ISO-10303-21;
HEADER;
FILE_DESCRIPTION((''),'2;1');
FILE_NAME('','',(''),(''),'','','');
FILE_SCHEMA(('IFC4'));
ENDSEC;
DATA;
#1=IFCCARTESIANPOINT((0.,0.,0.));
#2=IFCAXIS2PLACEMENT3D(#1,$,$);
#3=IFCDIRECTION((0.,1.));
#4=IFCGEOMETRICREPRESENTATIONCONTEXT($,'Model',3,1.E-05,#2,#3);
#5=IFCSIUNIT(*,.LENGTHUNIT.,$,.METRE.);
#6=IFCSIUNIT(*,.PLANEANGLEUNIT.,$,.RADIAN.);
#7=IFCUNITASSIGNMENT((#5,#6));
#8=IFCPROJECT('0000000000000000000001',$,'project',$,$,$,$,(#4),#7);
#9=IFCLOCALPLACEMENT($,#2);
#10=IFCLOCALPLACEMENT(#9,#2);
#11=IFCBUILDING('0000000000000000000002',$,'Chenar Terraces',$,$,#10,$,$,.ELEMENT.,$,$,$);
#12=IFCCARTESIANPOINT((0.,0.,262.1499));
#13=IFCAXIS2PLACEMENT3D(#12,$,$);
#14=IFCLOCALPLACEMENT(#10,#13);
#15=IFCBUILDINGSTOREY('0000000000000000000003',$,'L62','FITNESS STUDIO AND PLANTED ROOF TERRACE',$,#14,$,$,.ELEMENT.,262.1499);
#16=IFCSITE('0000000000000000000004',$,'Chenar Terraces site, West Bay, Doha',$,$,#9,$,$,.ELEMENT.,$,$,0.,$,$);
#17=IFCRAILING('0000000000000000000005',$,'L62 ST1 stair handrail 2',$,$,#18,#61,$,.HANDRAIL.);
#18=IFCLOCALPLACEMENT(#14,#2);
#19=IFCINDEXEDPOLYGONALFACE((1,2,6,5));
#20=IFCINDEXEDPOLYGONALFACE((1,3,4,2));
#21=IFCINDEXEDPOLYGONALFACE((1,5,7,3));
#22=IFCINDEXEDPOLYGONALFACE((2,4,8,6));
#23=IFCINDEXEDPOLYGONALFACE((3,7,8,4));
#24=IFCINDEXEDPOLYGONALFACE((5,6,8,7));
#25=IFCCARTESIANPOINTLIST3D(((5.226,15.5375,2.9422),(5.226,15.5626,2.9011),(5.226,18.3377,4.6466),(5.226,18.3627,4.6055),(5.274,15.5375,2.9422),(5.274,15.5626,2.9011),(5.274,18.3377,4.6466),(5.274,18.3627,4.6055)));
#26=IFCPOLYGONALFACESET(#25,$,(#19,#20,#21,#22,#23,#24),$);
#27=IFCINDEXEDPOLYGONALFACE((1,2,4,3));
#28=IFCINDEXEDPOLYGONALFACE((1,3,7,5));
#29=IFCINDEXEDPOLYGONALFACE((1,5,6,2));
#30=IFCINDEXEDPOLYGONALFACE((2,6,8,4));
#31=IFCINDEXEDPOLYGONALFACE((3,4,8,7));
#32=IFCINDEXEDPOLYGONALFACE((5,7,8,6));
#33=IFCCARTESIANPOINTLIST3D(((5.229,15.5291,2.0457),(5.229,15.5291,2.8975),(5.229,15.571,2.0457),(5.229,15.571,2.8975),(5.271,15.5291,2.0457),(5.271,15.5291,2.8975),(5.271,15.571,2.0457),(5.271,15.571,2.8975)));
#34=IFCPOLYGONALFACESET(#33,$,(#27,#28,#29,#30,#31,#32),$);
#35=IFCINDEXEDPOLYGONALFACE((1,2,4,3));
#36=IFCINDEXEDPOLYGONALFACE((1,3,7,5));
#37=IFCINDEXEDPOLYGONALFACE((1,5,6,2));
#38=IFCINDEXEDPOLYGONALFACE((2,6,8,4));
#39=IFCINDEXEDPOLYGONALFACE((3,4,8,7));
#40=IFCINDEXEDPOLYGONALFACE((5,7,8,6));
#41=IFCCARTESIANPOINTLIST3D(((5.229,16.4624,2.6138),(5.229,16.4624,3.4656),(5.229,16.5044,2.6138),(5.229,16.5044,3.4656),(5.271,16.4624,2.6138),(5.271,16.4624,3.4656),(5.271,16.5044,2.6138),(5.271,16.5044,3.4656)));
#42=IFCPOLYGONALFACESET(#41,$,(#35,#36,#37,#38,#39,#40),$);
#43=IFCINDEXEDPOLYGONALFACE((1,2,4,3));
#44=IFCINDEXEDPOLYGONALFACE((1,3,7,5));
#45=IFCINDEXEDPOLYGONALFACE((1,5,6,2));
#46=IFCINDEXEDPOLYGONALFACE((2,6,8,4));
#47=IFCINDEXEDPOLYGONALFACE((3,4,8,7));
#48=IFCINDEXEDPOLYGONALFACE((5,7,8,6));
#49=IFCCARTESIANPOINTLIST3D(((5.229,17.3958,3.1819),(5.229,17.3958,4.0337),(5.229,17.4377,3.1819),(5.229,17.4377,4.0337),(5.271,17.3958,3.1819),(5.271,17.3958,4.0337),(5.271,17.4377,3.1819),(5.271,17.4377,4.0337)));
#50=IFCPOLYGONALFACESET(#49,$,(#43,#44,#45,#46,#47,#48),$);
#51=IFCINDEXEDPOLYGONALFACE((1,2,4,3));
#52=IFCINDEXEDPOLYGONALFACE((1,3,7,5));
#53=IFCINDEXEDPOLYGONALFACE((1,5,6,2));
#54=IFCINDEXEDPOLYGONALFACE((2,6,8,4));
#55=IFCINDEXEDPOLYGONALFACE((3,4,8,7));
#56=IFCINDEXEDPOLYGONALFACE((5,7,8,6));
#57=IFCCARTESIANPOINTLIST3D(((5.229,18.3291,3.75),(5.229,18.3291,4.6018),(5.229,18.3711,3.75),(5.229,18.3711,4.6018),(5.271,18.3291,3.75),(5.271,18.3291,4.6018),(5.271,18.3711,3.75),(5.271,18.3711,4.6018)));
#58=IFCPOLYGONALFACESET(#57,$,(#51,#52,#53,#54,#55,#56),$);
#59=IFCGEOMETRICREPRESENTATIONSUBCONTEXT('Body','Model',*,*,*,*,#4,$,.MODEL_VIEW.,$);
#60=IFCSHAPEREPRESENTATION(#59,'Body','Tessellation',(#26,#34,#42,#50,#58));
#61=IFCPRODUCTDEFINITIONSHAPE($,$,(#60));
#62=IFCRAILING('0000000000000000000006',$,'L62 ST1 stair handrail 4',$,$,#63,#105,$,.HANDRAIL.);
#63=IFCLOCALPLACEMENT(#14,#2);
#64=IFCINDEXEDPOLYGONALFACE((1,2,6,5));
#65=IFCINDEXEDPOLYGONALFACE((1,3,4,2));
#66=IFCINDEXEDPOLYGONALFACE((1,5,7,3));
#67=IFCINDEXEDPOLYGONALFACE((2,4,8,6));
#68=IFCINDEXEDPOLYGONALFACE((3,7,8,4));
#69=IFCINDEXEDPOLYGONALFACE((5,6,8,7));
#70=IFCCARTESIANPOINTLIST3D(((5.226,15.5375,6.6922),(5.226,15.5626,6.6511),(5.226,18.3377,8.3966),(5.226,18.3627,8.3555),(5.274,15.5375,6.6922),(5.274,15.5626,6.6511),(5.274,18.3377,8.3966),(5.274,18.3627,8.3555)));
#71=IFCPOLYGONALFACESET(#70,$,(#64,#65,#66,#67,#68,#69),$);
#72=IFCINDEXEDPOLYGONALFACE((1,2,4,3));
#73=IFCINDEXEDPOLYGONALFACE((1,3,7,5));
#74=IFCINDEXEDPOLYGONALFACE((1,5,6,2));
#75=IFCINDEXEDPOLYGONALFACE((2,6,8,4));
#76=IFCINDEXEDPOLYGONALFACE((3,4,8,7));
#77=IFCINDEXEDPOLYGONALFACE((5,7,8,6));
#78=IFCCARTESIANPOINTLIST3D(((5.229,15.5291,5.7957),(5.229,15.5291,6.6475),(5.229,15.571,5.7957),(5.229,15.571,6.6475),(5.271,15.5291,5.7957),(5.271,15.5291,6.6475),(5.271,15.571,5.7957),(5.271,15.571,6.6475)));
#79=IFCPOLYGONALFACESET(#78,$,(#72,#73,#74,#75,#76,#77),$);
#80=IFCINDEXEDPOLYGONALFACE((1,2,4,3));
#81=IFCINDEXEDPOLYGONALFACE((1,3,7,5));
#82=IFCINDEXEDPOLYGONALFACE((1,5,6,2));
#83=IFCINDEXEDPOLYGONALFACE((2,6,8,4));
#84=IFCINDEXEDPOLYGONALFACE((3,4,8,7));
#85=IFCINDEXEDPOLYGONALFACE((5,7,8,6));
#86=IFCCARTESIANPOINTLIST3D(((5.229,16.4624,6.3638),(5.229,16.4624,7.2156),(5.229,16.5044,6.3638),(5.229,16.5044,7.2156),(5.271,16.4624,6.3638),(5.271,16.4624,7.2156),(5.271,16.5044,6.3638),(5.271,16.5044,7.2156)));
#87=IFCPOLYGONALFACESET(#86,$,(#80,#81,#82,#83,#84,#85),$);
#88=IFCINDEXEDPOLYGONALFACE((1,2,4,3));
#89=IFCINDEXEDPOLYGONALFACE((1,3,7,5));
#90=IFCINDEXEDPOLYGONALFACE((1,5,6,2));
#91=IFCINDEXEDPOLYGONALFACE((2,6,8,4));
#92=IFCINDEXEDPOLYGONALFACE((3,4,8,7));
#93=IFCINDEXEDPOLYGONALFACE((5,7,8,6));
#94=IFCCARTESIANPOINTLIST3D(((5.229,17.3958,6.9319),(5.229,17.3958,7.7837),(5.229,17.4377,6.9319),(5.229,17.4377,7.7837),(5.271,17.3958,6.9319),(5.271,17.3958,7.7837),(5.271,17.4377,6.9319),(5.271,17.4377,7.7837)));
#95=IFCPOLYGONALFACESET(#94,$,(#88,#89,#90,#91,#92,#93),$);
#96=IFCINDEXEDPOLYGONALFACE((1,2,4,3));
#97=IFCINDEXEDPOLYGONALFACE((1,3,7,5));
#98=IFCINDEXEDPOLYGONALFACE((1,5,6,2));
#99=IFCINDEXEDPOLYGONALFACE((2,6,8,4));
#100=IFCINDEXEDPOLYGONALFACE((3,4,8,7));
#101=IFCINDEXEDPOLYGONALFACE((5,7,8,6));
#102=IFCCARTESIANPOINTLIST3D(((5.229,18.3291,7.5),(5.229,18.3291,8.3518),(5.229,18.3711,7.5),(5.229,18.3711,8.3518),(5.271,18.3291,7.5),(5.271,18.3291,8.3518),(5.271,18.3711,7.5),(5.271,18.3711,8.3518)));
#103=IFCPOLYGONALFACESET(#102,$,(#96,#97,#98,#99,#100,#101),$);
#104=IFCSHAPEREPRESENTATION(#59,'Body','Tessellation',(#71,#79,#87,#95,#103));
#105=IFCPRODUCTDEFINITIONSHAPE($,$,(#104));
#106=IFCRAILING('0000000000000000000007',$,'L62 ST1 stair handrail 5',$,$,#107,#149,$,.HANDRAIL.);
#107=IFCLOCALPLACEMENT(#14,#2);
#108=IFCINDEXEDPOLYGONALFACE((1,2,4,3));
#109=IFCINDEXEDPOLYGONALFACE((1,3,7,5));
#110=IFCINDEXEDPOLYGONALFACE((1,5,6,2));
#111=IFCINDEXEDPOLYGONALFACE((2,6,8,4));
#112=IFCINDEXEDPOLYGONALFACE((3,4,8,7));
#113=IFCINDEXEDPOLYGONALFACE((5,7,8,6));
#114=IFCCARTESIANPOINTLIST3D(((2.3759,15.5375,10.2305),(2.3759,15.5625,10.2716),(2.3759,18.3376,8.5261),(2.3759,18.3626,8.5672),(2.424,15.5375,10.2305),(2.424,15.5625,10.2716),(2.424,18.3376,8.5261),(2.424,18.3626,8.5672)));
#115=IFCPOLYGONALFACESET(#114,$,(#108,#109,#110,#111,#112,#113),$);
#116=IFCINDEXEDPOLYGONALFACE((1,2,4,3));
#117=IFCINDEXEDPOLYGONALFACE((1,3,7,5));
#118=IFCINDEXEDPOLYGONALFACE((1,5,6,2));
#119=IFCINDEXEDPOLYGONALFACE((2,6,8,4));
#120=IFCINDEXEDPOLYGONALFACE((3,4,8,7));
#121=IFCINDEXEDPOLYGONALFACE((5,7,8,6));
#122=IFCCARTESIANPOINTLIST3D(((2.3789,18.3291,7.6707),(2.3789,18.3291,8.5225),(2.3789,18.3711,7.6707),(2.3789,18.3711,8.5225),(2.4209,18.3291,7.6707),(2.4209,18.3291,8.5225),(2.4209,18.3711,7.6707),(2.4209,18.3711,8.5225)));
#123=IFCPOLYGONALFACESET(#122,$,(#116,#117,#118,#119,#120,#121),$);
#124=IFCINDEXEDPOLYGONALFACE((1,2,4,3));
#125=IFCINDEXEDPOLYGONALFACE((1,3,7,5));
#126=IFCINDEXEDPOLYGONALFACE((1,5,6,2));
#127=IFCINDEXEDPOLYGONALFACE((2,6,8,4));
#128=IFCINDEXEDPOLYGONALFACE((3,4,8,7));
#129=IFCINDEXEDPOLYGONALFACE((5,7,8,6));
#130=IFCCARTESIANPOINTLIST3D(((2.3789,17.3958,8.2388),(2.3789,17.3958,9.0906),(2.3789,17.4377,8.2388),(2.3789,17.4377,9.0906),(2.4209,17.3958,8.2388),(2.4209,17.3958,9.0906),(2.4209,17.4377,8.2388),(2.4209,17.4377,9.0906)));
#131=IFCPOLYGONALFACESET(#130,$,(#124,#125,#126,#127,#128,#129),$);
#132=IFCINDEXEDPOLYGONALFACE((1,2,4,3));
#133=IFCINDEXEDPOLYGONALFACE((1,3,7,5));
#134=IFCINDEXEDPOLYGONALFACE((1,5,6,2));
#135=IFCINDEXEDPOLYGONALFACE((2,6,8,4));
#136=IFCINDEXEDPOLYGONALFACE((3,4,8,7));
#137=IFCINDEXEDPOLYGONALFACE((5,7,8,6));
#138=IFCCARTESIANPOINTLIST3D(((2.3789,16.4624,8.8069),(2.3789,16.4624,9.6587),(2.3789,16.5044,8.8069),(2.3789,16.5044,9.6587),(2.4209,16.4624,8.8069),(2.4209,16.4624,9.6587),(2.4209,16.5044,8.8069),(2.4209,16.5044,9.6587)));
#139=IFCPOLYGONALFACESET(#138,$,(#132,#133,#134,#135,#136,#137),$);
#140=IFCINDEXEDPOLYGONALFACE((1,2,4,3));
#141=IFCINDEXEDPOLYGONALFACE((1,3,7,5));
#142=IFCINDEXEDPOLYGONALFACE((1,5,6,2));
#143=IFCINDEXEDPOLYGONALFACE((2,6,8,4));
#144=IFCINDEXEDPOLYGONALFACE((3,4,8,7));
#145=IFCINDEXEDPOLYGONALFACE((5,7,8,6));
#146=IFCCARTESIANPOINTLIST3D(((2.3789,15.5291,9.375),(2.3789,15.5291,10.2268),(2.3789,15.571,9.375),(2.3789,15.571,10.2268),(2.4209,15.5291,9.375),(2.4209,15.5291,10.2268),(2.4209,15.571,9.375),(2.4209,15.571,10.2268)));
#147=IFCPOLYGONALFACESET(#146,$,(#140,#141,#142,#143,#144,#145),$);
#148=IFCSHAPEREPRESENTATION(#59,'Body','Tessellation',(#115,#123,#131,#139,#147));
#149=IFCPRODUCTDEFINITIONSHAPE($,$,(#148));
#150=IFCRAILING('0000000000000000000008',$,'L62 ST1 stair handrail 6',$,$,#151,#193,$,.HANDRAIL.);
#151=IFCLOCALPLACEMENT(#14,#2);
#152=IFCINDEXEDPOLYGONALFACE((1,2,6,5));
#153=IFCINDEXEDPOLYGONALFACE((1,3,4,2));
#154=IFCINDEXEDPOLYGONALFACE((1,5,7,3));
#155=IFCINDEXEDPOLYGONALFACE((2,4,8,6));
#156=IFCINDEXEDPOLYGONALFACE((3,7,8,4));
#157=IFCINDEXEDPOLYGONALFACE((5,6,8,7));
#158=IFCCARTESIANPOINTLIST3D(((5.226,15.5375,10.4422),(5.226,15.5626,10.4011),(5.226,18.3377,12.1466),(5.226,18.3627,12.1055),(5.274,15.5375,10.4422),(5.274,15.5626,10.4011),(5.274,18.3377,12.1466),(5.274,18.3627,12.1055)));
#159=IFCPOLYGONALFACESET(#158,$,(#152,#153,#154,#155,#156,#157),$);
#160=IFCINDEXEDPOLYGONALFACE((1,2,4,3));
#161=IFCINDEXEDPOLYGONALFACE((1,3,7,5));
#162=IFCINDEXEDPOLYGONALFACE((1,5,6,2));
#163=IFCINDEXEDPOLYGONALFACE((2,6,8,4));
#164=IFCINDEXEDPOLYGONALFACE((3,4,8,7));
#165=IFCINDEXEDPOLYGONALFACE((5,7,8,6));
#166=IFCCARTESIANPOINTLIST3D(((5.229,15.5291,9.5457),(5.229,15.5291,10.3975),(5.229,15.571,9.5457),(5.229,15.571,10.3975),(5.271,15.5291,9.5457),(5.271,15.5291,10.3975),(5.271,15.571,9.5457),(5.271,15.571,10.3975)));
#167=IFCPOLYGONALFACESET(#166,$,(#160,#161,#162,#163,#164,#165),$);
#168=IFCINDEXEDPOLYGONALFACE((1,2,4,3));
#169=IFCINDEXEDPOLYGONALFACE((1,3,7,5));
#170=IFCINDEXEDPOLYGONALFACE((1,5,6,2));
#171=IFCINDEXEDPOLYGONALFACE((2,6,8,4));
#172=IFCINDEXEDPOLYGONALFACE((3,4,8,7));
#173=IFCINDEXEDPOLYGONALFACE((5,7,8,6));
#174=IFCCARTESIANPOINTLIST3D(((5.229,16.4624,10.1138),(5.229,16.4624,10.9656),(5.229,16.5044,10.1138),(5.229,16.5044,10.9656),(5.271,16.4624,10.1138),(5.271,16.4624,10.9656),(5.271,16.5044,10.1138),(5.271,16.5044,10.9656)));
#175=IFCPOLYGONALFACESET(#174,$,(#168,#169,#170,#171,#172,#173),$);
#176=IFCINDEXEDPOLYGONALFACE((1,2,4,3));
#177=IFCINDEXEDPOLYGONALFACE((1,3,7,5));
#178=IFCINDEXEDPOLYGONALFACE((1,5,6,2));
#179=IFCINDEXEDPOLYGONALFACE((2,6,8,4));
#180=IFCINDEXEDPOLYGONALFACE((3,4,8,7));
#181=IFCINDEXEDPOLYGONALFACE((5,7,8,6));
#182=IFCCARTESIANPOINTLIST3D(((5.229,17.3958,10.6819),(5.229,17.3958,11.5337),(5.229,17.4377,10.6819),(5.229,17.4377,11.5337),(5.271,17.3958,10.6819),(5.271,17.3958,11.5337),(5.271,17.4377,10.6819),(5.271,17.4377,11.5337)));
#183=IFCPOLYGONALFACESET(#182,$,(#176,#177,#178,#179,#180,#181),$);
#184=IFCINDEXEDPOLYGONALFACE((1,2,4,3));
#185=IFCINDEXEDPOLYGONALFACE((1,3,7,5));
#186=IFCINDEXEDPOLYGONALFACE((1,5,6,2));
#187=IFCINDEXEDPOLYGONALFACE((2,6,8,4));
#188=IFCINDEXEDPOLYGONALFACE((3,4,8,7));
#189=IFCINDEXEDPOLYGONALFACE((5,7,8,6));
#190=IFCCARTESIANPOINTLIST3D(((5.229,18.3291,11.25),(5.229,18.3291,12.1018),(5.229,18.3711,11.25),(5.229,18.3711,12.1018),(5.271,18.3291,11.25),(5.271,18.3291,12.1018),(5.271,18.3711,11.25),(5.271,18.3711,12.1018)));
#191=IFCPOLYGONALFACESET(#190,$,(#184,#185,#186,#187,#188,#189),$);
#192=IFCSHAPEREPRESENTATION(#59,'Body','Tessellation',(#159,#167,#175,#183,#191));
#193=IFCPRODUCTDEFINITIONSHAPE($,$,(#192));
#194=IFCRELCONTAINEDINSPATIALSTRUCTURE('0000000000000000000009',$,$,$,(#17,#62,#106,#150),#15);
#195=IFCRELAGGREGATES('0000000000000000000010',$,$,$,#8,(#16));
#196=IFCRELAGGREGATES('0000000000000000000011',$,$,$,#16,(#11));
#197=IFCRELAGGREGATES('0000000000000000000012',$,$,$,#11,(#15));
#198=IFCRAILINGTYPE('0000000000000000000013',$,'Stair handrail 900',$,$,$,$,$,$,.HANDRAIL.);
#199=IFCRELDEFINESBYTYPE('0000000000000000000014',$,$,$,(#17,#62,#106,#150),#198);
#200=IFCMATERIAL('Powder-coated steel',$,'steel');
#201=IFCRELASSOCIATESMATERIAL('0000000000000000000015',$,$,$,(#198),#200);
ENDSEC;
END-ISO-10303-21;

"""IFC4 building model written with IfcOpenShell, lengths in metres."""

from ifc_helpers import new_model, si_unit, direction, frame, origin, origin_2d, place, context, subcontext, project, spatial, rectangle, extrude, material, type_object, element, save


model = new_model("IFC4")

# Units and contexts
model_context = context("Model", 3, precision=1e-05, world=origin(), true_north=direction((0.0, 1.0)))
body_context = subcontext(model_context, "Body", "Model", "MODEL_VIEW")
ifc_project = project(units=[si_unit("LENGTHUNIT", "METRE"), si_unit("PLANEANGLEUNIT", "RADIAN")], contexts=[model_context])

# Site, building, storey
site_placement = place(None, origin())
site = spatial("IfcSite", under=ifc_project, at=site_placement, Name="Chenar Terraces site, West Bay, Doha", CompositionType="ELEMENT", RefElevation=0.0)
building_placement = place(site_placement, origin())
building = spatial("IfcBuilding", under=site, at=building_placement, Name="Chenar Terraces", CompositionType="ELEMENT")
storey_placement = place(building_placement, frame((0.0, 0.0, 262.1499)))
storey = spatial("IfcBuildingStorey", under=building, at=storey_placement, Name="L62", Description="FITNESS STUDIO AND PLANTED ROOF TERRACE", CompositionType="ELEMENT", Elevation=262.1499)

# Railings
ifc_material_1 = material(Name="Powder-coated steel", Category="steel")
railing_type_1 = type_object("IfcRailingType", Name="Stair handrail 900", PredefinedType="HANDRAIL", material=ifc_material_1)
for number, where, name in (
    (1, (5.25, 15.55, 2.0457), "L62 ST1 stair handrail 2"),
    (2, (5.25, 15.55, 5.7957), "L62 ST1 stair handrail 4"),
):
    element("IfcRailing", number, at=place(storey_placement, frame(where)), inside=storey, type_object=railing_type_1, Name=name, PredefinedType="HANDRAIL", context=body_context, shape_type="SweptSolid", body=[
        extrude(rectangle(XDim=0.0481, YDim=0.0481, at=origin_2d()), frame((0.0, 0.0, 0.876), z_axis=(0.0, 0.854203, 0.51994), x_axis=(-1.0, 0.0, 0.0)), (0.0, 0.0, 1.0), 3.2781),
        extrude(rectangle(XDim=0.042, YDim=0.042, at=origin_2d()), origin(), (0.0, 0.0, 1.0), 0.8518),
        extrude(rectangle(XDim=0.042, YDim=0.042, at=origin_2d()), frame((0.0, 0.9333, 0.5681)), (0.0, 0.0, 1.0), 0.8518),
        extrude(rectangle(XDim=0.042, YDim=0.042, at=origin_2d()), frame((0.0, 1.8667, 1.1362)), (0.0, 0.0, 1.0), 0.8518),
        extrude(rectangle(XDim=0.042, YDim=0.042, at=origin_2d()), frame((0.0, 2.8, 1.7043)), (0.0, 0.0, 1.0), 0.8518),
    ])
railing_1_placement = place(storey_placement, frame((2.3999, 18.3501, 7.6707)))
element("IfcRailing", 3, at=railing_1_placement, inside=storey, type_object=railing_type_1, Name="L62 ST1 stair handrail 5", PredefinedType="HANDRAIL", context=body_context, shape_type="SweptSolid", body=[
    extrude(rectangle(XDim=0.0481, YDim=0.0481, at=origin_2d()), frame((0.0, 0.0, 0.876), z_axis=(0.0, -0.854203, 0.51994), x_axis=(1.0, 0.0, 0.0)), (0.0, 0.0, 1.0), 3.2781),
    extrude(rectangle(XDim=0.042, YDim=0.042, at=origin_2d()), origin(), (0.0, 0.0, 1.0), 0.8518),
    extrude(rectangle(XDim=0.042, YDim=0.042, at=origin_2d()), frame((0.0, -0.9333, 0.5681)), (0.0, 0.0, 1.0), 0.8518),
    extrude(rectangle(XDim=0.042, YDim=0.042, at=origin_2d()), frame((0.0, -1.8667, 1.1362)), (0.0, 0.0, 1.0), 0.8518),
    extrude(rectangle(XDim=0.042, YDim=0.042, at=origin_2d()), frame((0.0, -2.8, 1.7043)), (0.0, 0.0, 1.0), 0.8518),
])
railing_2_placement = place(storey_placement, frame((5.25, 15.55, 9.5457)))
element("IfcRailing", 4, at=railing_2_placement, inside=storey, type_object=railing_type_1, Name="L62 ST1 stair handrail 6", PredefinedType="HANDRAIL", context=body_context, shape_type="SweptSolid", body=[
    extrude(rectangle(XDim=0.0481, YDim=0.0481, at=origin_2d()), frame((0.0, 0.0, 0.876), z_axis=(0.0, 0.854203, 0.51994), x_axis=(-1.0, 0.0, 0.0)), (0.0, 0.0, 1.0), 3.2781),
    extrude(rectangle(XDim=0.042, YDim=0.042, at=origin_2d()), origin(), (0.0, 0.0, 1.0), 0.8518),
    extrude(rectangle(XDim=0.042, YDim=0.042, at=origin_2d()), frame((0.0, 0.9333, 0.5681)), (0.0, 0.0, 1.0), 0.8518),
    extrude(rectangle(XDim=0.042, YDim=0.042, at=origin_2d()), frame((0.0, 1.8667, 1.1362)), (0.0, 0.0, 1.0), 0.8518),
    extrude(rectangle(XDim=0.042, YDim=0.042, at=origin_2d()), frame((0.0, 2.8, 1.7043)), (0.0, 0.0, 1.0), 0.8518),
])

save(model, "model.ifc")
